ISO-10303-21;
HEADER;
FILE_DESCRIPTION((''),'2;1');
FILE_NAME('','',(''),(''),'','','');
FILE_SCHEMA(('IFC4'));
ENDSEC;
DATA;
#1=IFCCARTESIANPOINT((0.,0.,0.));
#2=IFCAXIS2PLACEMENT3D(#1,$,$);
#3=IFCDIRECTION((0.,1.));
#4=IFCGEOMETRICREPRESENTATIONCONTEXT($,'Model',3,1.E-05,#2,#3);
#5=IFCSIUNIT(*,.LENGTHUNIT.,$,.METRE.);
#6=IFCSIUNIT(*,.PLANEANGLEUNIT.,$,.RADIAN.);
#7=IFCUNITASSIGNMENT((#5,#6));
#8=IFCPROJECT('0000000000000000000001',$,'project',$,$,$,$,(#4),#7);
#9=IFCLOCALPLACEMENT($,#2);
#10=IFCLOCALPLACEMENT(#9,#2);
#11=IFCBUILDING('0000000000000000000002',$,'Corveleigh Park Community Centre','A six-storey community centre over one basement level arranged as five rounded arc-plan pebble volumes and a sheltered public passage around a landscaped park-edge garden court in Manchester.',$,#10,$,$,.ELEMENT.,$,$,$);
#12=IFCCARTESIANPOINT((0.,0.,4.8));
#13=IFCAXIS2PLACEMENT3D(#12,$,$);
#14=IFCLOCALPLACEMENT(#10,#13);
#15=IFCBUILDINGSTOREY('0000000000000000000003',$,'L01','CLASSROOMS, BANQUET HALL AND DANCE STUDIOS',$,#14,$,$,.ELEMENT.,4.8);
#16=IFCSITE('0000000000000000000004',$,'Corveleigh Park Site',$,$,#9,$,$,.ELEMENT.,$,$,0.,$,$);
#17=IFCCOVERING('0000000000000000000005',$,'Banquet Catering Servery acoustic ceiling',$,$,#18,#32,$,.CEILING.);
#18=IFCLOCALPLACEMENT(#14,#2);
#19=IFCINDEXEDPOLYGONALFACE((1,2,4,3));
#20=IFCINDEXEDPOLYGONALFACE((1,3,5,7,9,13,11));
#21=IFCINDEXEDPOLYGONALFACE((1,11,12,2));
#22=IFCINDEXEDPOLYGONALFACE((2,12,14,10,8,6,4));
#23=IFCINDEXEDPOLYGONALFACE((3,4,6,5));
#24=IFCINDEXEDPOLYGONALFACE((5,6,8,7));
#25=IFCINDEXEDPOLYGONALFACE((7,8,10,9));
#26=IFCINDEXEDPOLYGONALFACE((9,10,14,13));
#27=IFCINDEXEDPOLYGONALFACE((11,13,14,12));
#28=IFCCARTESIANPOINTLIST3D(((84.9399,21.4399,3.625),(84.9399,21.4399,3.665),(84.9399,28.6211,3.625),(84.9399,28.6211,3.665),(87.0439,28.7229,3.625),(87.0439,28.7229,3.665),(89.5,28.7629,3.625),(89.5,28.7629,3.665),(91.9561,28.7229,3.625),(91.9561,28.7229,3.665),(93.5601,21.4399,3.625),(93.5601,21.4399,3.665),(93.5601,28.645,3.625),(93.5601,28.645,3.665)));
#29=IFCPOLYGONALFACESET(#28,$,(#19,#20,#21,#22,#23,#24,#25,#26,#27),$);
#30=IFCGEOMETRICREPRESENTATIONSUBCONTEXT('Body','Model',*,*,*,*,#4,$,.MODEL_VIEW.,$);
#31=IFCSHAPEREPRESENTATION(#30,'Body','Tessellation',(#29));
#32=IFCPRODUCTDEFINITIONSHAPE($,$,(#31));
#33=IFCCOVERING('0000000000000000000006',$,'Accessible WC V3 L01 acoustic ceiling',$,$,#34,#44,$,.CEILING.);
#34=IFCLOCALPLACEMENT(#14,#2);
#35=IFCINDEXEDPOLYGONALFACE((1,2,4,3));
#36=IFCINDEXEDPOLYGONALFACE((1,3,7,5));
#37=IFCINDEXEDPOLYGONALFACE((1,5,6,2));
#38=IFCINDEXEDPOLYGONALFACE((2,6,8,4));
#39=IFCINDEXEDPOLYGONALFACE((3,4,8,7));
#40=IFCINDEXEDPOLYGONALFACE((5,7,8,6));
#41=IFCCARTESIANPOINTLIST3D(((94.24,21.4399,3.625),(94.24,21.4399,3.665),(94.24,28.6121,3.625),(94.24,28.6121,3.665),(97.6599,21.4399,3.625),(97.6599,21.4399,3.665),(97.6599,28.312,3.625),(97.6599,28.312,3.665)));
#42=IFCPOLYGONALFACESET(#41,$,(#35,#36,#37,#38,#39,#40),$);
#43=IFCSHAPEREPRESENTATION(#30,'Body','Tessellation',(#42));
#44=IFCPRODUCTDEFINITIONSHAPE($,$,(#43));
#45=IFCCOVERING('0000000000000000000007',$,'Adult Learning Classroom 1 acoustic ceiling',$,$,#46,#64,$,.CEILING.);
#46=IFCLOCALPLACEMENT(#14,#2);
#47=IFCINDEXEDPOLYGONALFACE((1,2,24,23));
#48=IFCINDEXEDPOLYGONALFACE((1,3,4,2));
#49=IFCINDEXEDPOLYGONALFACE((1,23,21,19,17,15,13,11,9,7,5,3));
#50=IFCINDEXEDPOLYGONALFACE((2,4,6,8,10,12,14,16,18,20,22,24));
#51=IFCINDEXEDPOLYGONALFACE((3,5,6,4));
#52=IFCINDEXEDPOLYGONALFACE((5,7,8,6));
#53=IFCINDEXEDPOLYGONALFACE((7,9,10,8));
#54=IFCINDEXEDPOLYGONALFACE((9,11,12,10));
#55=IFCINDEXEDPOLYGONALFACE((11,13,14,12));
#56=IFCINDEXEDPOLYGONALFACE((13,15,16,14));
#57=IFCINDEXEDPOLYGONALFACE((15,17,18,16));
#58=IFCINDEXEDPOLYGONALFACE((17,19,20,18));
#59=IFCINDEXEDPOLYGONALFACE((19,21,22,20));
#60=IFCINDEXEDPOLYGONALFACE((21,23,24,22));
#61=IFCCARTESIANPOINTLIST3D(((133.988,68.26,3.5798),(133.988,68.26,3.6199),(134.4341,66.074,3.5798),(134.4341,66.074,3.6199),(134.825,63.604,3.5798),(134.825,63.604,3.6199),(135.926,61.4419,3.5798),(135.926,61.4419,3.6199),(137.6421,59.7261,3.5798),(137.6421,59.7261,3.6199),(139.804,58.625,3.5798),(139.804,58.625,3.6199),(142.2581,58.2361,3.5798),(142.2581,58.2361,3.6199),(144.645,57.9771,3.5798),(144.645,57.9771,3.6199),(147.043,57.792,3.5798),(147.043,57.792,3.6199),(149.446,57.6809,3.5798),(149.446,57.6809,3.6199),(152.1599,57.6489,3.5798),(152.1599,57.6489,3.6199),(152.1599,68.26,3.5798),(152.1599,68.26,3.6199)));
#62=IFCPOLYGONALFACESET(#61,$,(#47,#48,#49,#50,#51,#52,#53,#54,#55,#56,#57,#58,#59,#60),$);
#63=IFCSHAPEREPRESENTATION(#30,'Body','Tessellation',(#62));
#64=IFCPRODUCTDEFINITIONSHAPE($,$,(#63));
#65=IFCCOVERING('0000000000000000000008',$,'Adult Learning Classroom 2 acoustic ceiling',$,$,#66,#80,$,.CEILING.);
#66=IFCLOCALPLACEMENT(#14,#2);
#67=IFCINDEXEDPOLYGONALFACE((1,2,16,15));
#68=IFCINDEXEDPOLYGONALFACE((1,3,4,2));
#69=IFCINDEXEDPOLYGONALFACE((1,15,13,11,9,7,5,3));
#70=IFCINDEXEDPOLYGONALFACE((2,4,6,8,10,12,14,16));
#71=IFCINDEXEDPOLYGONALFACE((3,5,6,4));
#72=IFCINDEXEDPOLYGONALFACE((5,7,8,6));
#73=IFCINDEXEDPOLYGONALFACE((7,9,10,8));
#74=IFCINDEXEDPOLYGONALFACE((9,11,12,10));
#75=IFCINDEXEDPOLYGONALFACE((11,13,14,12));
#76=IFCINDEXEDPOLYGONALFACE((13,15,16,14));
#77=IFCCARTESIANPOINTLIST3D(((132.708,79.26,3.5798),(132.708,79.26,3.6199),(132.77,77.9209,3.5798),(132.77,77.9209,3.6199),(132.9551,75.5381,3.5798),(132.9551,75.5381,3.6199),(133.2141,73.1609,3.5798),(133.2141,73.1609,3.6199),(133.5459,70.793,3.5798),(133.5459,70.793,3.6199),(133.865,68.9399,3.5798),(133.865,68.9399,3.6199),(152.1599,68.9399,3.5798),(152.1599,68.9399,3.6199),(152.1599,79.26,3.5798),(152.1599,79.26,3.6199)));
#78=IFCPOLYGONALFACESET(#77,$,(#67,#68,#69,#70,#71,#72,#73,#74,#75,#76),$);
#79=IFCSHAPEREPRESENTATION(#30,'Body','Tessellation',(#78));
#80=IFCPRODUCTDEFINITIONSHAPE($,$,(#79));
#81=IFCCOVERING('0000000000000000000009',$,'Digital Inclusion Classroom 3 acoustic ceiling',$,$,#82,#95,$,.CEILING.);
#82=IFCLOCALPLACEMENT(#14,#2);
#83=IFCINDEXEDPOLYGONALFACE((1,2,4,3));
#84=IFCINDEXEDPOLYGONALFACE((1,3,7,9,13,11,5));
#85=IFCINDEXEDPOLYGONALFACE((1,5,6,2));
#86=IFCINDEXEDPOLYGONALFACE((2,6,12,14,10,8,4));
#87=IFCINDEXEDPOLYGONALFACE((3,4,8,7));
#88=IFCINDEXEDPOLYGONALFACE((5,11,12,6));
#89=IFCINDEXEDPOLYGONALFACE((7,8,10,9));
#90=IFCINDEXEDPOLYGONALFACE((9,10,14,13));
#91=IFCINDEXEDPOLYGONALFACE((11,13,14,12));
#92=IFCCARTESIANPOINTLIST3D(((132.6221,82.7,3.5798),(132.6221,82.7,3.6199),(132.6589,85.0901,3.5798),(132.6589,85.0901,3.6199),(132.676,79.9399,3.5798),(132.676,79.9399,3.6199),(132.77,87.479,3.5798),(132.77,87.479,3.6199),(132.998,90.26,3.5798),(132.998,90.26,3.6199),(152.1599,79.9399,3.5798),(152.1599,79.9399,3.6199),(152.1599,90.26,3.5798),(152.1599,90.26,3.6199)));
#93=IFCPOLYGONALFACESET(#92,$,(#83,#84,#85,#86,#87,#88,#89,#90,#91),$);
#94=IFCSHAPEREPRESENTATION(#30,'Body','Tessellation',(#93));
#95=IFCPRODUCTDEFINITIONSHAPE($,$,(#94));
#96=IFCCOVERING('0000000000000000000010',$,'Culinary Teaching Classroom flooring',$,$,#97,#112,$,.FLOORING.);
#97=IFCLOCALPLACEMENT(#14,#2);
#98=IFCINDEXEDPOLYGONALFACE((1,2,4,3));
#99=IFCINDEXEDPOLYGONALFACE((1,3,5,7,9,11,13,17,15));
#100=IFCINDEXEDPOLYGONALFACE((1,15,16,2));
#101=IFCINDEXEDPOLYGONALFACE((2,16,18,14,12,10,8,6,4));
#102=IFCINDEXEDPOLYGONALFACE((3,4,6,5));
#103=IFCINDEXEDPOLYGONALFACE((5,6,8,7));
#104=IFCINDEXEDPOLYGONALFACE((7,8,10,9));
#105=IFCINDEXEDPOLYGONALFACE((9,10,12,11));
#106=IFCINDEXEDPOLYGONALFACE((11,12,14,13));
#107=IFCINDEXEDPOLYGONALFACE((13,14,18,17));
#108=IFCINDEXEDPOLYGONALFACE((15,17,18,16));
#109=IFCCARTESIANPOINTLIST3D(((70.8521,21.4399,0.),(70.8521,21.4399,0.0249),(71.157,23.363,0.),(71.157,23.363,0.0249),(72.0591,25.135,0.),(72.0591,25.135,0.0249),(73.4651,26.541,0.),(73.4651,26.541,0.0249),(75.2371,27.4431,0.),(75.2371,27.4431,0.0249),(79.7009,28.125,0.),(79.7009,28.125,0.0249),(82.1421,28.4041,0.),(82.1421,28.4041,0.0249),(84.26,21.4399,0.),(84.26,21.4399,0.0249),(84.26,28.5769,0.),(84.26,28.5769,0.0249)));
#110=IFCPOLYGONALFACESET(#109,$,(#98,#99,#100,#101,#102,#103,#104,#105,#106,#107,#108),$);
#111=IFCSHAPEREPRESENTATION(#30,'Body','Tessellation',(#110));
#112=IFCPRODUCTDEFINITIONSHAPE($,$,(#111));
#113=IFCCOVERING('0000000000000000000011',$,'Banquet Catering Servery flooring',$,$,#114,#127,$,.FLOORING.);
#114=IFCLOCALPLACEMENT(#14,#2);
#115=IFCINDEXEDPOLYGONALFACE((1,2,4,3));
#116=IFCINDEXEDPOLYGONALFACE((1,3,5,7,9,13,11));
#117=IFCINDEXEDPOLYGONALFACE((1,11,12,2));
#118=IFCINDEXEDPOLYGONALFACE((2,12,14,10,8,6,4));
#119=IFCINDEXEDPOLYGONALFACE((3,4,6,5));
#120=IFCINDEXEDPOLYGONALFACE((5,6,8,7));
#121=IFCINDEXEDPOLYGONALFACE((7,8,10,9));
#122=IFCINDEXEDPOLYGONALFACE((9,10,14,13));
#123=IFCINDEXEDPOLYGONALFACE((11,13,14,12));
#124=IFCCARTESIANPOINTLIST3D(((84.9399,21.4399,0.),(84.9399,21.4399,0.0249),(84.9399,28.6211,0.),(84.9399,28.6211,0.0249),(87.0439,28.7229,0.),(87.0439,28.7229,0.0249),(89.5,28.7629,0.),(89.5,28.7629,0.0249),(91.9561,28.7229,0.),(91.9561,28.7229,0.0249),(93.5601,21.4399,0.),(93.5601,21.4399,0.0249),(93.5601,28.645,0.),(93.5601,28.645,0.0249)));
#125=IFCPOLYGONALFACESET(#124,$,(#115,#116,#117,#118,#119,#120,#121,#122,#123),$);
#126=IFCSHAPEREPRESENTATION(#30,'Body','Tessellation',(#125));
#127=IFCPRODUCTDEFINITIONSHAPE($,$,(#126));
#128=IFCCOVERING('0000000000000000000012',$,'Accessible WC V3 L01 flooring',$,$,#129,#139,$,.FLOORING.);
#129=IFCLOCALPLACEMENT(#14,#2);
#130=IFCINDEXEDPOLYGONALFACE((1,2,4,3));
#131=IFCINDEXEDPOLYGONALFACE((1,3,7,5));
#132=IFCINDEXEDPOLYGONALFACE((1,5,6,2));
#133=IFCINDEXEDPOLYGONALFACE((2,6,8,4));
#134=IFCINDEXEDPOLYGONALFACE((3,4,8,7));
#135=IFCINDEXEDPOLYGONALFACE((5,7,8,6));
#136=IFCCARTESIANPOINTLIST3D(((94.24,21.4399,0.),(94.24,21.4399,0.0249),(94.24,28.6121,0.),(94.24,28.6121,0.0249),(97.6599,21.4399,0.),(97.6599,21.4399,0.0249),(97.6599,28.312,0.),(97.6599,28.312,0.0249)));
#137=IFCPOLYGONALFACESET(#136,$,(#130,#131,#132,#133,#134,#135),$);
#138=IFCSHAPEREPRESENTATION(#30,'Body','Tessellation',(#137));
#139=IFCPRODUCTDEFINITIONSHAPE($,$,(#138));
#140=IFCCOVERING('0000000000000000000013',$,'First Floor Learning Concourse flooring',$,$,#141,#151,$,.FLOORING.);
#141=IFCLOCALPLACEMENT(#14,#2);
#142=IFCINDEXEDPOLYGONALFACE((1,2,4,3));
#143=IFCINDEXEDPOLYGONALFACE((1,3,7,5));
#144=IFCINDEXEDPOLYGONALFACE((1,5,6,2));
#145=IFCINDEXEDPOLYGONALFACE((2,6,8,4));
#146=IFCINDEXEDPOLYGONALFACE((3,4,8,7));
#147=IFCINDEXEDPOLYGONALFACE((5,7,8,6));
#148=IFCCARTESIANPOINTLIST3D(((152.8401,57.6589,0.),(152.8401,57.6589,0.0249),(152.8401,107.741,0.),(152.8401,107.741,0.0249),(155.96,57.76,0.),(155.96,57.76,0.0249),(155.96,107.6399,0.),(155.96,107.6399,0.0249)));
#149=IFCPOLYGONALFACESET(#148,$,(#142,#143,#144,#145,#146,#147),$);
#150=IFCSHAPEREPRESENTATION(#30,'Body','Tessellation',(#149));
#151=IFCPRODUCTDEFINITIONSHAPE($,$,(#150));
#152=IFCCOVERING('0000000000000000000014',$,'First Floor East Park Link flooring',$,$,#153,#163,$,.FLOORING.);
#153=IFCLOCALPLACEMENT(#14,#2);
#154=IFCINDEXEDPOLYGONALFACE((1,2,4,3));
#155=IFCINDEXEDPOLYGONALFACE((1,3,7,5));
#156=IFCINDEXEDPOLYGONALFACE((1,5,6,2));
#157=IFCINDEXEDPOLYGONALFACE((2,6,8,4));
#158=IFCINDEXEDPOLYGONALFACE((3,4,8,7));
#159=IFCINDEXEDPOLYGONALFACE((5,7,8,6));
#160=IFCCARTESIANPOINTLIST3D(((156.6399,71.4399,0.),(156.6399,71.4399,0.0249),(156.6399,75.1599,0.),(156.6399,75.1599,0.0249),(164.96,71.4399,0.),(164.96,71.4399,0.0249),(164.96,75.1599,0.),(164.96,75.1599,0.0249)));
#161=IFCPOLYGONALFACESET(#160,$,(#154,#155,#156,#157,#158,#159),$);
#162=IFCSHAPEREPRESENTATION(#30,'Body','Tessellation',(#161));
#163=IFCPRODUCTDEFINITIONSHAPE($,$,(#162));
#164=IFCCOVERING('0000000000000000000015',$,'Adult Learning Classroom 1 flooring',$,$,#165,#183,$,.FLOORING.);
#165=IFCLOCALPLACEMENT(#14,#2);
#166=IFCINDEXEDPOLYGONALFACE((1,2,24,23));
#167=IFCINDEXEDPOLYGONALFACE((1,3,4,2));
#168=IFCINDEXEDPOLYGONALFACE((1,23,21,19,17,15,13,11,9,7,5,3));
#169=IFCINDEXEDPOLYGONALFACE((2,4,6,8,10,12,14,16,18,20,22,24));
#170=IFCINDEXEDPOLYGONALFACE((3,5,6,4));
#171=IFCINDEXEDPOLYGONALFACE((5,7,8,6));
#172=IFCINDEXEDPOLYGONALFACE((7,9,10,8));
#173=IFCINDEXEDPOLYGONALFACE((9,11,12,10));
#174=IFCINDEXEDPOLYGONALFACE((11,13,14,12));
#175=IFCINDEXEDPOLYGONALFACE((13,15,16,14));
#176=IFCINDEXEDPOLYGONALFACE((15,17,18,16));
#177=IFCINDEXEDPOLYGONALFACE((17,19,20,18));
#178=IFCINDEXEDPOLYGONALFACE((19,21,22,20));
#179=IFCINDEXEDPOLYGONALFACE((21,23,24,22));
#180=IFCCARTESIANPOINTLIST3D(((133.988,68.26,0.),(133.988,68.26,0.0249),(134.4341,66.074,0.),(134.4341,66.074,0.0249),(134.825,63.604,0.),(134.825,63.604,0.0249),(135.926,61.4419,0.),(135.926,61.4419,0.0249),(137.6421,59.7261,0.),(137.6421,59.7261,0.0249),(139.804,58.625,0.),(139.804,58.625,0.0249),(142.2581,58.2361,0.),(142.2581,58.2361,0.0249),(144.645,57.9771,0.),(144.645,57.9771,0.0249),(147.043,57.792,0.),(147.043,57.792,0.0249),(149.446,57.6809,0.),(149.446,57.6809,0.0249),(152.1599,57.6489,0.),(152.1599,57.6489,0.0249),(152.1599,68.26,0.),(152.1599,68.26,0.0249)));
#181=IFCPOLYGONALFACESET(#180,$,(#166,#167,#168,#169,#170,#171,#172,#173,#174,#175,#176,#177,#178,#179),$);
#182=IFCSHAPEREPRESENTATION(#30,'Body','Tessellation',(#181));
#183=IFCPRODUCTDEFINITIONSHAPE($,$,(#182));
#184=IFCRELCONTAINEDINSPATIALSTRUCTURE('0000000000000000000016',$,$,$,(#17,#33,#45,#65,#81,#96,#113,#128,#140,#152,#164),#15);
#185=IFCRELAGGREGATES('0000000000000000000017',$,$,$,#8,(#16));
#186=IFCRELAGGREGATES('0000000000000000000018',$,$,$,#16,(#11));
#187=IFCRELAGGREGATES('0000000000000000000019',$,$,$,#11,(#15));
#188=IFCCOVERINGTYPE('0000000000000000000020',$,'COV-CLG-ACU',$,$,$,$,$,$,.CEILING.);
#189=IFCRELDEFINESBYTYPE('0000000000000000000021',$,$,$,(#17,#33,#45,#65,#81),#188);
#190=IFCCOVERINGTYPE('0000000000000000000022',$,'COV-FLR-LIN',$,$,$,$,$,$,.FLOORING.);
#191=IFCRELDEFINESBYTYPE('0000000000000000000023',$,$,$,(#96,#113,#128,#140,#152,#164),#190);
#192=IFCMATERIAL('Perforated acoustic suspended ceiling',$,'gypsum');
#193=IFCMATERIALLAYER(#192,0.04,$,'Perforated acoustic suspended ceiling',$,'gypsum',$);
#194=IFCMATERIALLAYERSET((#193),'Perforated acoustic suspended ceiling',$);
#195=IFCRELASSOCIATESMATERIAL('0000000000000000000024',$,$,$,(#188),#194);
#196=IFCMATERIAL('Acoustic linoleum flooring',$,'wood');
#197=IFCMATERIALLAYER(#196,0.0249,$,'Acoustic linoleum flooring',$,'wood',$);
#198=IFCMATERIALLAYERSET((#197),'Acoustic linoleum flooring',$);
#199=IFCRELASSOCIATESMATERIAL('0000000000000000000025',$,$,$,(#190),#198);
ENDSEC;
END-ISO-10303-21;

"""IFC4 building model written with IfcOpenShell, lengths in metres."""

from ifc_helpers import new_model, si_unit, direction, frame, origin, place, context, subcontext, project, spatial, polyline, outline, extrude, material, layer, layer_set, type_object, element, save


model = new_model("IFC4")

# Units and contexts
model_context = context("Model", 3, precision=1e-05, world=origin(), true_north=direction((0.0, 1.0)))
body_context = subcontext(model_context, "Body", "Model", "MODEL_VIEW")
ifc_project = project(units=[si_unit("LENGTHUNIT", "METRE"), si_unit("PLANEANGLEUNIT", "RADIAN")], contexts=[model_context])

# Site, building, storey
site_placement = place(None, origin())
site = spatial("IfcSite", under=ifc_project, at=site_placement, Name="Corveleigh Park Site", CompositionType="ELEMENT", RefElevation=0.0)
building_placement = place(site_placement, origin())
building = spatial("IfcBuilding", under=site, at=building_placement, Name="Corveleigh Park Community Centre", Description="A six-storey community centre over one basement level arranged as five rounded arc-plan pebble volumes and a sheltered public passage around a landscaped park-edge garden court in Manchester.", CompositionType="ELEMENT")
storey_placement = place(building_placement, frame((0.0, 0.0, 4.8)))
storey = spatial("IfcBuildingStorey", under=building, at=storey_placement, Name="L01", Description="CLASSROOMS, BANQUET HALL AND DANCE STUDIOS", CompositionType="ELEMENT", Elevation=4.8)

# Coverings
ifc_material_1 = material(Name="Perforated acoustic suspended ceiling", Category="gypsum")
ifc_layer_1 = layer(ifc_material_1, 0.04, Name="Perforated acoustic suspended ceiling", Category="gypsum")
ifc_layer_set_1 = layer_set([ifc_layer_1], Name="Perforated acoustic suspended ceiling")
covering_type_1 = type_object("IfcCoveringType", Name="COV-CLG-ACU", PredefinedType="CEILING", material=ifc_layer_set_1)
covering_1_placement = place(storey_placement, frame((0.0, 0.0, 3.625)))
element("IfcCovering", 1, at=covering_1_placement, inside=storey, type_object=covering_type_1, Name="Banquet Catering Servery acoustic ceiling", PredefinedType="CEILING", context=body_context, shape_type="SweptSolid", body=[
    extrude(outline(polyline([(93.5601, 21.4399), (84.9399, 21.4399), (84.9399, 28.6211), (87.0439, 28.7229), (89.5, 28.7629), (91.9561, 28.7229), (93.5601, 28.645), (93.5601, 21.4399)])), origin(), (0.0, 0.0, 1.0), 0.04),
])
covering_2_placement = place(storey_placement, frame((0.0, 0.0, 3.625)))
element("IfcCovering", 2, at=covering_2_placement, inside=storey, type_object=covering_type_1, Name="Accessible WC V3 L01 acoustic ceiling", PredefinedType="CEILING", context=body_context, shape_type="SweptSolid", body=[
    extrude(outline(polyline([(94.24, 28.6121), (97.6599, 28.312), (97.6599, 21.4399), (94.24, 21.4399), (94.24, 28.6121)])), origin(), (0.0, 0.0, 1.0), 0.04),
])
covering_3_placement = place(storey_placement, frame((0.0, 0.0, 3.5798)))
element("IfcCovering", 3, at=covering_3_placement, inside=storey, type_object=covering_type_1, Name="Adult Learning Classroom 1 acoustic ceiling", PredefinedType="CEILING", context=body_context, shape_type="SweptSolid", body=[
    extrude(outline(polyline([(134.4341, 66.074), (133.988, 68.26), (152.1599, 68.26), (152.1599, 57.6489), (149.446, 57.6809), (147.043, 57.792), (144.645, 57.9771), (142.2581, 58.2361), (139.804, 58.625), (137.6421, 59.7261), (135.926, 61.4419), (134.825, 63.604), (134.4341, 66.074)])), origin(), (0.0, 0.0, 1.0), 0.04),
])
covering_4_placement = place(storey_placement, frame((0.0, 0.0, 3.5798)))
element("IfcCovering", 4, at=covering_4_placement, inside=storey, type_object=covering_type_1, Name="Adult Learning Classroom 2 acoustic ceiling", PredefinedType="CEILING", context=body_context, shape_type="SweptSolid", body=[
    extrude(outline(polyline([(132.77, 77.9209), (132.708, 79.26), (152.1599, 79.26), (152.1599, 68.9399), (133.865, 68.9399), (133.5459, 70.793), (133.2141, 73.1609), (132.9551, 75.5381), (132.77, 77.9209)])), origin(), (0.0, 0.0, 1.0), 0.04),
])
covering_5_placement = place(storey_placement, frame((0.0, 0.0, 3.5798)))
element("IfcCovering", 5, at=covering_5_placement, inside=storey, type_object=covering_type_1, Name="Digital Inclusion Classroom 3 acoustic ceiling", PredefinedType="CEILING", context=body_context, shape_type="SweptSolid", body=[
    extrude(outline(polyline([(132.6589, 85.0901), (132.77, 87.479), (132.998, 90.26), (152.1599, 90.26), (152.1599, 79.9399), (132.676, 79.9399), (132.6221, 82.7), (132.6589, 85.0901)])), origin(), (0.0, 0.0, 1.0), 0.04),
])
ifc_material_2 = material(Name="Acoustic linoleum flooring", Category="wood")
ifc_layer_2 = layer(ifc_material_2, 0.0249, Name="Acoustic linoleum flooring", Category="wood")
ifc_layer_set_2 = layer_set([ifc_layer_2], Name="Acoustic linoleum flooring")
covering_type_2 = type_object("IfcCoveringType", Name="COV-FLR-LIN", PredefinedType="FLOORING", material=ifc_layer_set_2)
covering_6_placement = place(storey_placement, origin())
element("IfcCovering", 6, at=covering_6_placement, inside=storey, type_object=covering_type_2, Name="Culinary Teaching Classroom flooring", PredefinedType="FLOORING", context=body_context, shape_type="SweptSolid", body=[
    extrude(outline(polyline([(73.4651, 26.541), (75.2371, 27.4431), (79.7009, 28.125), (82.1421, 28.4041), (84.26, 28.5769), (84.26, 21.4399), (70.8521, 21.4399), (71.157, 23.363), (72.0591, 25.135), (73.4651, 26.541)])), origin(), (0.0, 0.0, 1.0), 0.0249),
])
covering_7_placement = place(storey_placement, origin())
element("IfcCovering", 7, at=covering_7_placement, inside=storey, type_object=covering_type_2, Name="Banquet Catering Servery flooring", PredefinedType="FLOORING", context=body_context, shape_type="SweptSolid", body=[
    extrude(outline(polyline([(93.5601, 21.4399), (84.9399, 21.4399), (84.9399, 28.6211), (87.0439, 28.7229), (89.5, 28.7629), (91.9561, 28.7229), (93.5601, 28.645), (93.5601, 21.4399)])), origin(), (0.0, 0.0, 1.0), 0.0249),
])
covering_8_placement = place(storey_placement, origin())
element("IfcCovering", 8, at=covering_8_placement, inside=storey, type_object=covering_type_2, Name="Accessible WC V3 L01 flooring", PredefinedType="FLOORING", context=body_context, shape_type="SweptSolid", body=[
    extrude(outline(polyline([(94.24, 28.6121), (97.6599, 28.312), (97.6599, 21.4399), (94.24, 21.4399), (94.24, 28.6121)])), origin(), (0.0, 0.0, 1.0), 0.0249),
])
covering_9_placement = place(storey_placement, origin())
element("IfcCovering", 9, at=covering_9_placement, inside=storey, type_object=covering_type_2, Name="First Floor Learning Concourse flooring", PredefinedType="FLOORING", context=body_context, shape_type="SweptSolid", body=[
    extrude(outline(polyline([(152.8401, 57.6589), (152.8401, 107.741), (155.96, 107.6399), (155.96, 57.76), (152.8401, 57.6589)])), origin(), (0.0, 0.0, 1.0), 0.0249),
])
covering_10_placement = place(storey_placement, origin())
element("IfcCovering", 10, at=covering_10_placement, inside=storey, type_object=covering_type_2, Name="First Floor East Park Link flooring", PredefinedType="FLOORING", context=body_context, shape_type="SweptSolid", body=[
    extrude(outline(polyline([(164.96, 71.4399), (156.6399, 71.4399), (156.6399, 75.1599), (164.96, 75.1599), (164.96, 71.4399)])), origin(), (0.0, 0.0, 1.0), 0.0249),
])
covering_11_placement = place(storey_placement, origin())
element("IfcCovering", 11, at=covering_11_placement, inside=storey, type_object=covering_type_2, Name="Adult Learning Classroom 1 flooring", PredefinedType="FLOORING", context=body_context, shape_type="SweptSolid", body=[
    extrude(outline(polyline([(134.4341, 66.074), (133.988, 68.26), (152.1599, 68.26), (152.1599, 57.6489), (149.446, 57.6809), (147.043, 57.792), (144.645, 57.9771), (142.2581, 58.2361), (139.804, 58.625), (137.6421, 59.7261), (135.926, 61.4419), (134.825, 63.604), (134.4341, 66.074)])), origin(), (0.0, 0.0, 1.0), 0.0249),
])

save(model, "model.ifc")
